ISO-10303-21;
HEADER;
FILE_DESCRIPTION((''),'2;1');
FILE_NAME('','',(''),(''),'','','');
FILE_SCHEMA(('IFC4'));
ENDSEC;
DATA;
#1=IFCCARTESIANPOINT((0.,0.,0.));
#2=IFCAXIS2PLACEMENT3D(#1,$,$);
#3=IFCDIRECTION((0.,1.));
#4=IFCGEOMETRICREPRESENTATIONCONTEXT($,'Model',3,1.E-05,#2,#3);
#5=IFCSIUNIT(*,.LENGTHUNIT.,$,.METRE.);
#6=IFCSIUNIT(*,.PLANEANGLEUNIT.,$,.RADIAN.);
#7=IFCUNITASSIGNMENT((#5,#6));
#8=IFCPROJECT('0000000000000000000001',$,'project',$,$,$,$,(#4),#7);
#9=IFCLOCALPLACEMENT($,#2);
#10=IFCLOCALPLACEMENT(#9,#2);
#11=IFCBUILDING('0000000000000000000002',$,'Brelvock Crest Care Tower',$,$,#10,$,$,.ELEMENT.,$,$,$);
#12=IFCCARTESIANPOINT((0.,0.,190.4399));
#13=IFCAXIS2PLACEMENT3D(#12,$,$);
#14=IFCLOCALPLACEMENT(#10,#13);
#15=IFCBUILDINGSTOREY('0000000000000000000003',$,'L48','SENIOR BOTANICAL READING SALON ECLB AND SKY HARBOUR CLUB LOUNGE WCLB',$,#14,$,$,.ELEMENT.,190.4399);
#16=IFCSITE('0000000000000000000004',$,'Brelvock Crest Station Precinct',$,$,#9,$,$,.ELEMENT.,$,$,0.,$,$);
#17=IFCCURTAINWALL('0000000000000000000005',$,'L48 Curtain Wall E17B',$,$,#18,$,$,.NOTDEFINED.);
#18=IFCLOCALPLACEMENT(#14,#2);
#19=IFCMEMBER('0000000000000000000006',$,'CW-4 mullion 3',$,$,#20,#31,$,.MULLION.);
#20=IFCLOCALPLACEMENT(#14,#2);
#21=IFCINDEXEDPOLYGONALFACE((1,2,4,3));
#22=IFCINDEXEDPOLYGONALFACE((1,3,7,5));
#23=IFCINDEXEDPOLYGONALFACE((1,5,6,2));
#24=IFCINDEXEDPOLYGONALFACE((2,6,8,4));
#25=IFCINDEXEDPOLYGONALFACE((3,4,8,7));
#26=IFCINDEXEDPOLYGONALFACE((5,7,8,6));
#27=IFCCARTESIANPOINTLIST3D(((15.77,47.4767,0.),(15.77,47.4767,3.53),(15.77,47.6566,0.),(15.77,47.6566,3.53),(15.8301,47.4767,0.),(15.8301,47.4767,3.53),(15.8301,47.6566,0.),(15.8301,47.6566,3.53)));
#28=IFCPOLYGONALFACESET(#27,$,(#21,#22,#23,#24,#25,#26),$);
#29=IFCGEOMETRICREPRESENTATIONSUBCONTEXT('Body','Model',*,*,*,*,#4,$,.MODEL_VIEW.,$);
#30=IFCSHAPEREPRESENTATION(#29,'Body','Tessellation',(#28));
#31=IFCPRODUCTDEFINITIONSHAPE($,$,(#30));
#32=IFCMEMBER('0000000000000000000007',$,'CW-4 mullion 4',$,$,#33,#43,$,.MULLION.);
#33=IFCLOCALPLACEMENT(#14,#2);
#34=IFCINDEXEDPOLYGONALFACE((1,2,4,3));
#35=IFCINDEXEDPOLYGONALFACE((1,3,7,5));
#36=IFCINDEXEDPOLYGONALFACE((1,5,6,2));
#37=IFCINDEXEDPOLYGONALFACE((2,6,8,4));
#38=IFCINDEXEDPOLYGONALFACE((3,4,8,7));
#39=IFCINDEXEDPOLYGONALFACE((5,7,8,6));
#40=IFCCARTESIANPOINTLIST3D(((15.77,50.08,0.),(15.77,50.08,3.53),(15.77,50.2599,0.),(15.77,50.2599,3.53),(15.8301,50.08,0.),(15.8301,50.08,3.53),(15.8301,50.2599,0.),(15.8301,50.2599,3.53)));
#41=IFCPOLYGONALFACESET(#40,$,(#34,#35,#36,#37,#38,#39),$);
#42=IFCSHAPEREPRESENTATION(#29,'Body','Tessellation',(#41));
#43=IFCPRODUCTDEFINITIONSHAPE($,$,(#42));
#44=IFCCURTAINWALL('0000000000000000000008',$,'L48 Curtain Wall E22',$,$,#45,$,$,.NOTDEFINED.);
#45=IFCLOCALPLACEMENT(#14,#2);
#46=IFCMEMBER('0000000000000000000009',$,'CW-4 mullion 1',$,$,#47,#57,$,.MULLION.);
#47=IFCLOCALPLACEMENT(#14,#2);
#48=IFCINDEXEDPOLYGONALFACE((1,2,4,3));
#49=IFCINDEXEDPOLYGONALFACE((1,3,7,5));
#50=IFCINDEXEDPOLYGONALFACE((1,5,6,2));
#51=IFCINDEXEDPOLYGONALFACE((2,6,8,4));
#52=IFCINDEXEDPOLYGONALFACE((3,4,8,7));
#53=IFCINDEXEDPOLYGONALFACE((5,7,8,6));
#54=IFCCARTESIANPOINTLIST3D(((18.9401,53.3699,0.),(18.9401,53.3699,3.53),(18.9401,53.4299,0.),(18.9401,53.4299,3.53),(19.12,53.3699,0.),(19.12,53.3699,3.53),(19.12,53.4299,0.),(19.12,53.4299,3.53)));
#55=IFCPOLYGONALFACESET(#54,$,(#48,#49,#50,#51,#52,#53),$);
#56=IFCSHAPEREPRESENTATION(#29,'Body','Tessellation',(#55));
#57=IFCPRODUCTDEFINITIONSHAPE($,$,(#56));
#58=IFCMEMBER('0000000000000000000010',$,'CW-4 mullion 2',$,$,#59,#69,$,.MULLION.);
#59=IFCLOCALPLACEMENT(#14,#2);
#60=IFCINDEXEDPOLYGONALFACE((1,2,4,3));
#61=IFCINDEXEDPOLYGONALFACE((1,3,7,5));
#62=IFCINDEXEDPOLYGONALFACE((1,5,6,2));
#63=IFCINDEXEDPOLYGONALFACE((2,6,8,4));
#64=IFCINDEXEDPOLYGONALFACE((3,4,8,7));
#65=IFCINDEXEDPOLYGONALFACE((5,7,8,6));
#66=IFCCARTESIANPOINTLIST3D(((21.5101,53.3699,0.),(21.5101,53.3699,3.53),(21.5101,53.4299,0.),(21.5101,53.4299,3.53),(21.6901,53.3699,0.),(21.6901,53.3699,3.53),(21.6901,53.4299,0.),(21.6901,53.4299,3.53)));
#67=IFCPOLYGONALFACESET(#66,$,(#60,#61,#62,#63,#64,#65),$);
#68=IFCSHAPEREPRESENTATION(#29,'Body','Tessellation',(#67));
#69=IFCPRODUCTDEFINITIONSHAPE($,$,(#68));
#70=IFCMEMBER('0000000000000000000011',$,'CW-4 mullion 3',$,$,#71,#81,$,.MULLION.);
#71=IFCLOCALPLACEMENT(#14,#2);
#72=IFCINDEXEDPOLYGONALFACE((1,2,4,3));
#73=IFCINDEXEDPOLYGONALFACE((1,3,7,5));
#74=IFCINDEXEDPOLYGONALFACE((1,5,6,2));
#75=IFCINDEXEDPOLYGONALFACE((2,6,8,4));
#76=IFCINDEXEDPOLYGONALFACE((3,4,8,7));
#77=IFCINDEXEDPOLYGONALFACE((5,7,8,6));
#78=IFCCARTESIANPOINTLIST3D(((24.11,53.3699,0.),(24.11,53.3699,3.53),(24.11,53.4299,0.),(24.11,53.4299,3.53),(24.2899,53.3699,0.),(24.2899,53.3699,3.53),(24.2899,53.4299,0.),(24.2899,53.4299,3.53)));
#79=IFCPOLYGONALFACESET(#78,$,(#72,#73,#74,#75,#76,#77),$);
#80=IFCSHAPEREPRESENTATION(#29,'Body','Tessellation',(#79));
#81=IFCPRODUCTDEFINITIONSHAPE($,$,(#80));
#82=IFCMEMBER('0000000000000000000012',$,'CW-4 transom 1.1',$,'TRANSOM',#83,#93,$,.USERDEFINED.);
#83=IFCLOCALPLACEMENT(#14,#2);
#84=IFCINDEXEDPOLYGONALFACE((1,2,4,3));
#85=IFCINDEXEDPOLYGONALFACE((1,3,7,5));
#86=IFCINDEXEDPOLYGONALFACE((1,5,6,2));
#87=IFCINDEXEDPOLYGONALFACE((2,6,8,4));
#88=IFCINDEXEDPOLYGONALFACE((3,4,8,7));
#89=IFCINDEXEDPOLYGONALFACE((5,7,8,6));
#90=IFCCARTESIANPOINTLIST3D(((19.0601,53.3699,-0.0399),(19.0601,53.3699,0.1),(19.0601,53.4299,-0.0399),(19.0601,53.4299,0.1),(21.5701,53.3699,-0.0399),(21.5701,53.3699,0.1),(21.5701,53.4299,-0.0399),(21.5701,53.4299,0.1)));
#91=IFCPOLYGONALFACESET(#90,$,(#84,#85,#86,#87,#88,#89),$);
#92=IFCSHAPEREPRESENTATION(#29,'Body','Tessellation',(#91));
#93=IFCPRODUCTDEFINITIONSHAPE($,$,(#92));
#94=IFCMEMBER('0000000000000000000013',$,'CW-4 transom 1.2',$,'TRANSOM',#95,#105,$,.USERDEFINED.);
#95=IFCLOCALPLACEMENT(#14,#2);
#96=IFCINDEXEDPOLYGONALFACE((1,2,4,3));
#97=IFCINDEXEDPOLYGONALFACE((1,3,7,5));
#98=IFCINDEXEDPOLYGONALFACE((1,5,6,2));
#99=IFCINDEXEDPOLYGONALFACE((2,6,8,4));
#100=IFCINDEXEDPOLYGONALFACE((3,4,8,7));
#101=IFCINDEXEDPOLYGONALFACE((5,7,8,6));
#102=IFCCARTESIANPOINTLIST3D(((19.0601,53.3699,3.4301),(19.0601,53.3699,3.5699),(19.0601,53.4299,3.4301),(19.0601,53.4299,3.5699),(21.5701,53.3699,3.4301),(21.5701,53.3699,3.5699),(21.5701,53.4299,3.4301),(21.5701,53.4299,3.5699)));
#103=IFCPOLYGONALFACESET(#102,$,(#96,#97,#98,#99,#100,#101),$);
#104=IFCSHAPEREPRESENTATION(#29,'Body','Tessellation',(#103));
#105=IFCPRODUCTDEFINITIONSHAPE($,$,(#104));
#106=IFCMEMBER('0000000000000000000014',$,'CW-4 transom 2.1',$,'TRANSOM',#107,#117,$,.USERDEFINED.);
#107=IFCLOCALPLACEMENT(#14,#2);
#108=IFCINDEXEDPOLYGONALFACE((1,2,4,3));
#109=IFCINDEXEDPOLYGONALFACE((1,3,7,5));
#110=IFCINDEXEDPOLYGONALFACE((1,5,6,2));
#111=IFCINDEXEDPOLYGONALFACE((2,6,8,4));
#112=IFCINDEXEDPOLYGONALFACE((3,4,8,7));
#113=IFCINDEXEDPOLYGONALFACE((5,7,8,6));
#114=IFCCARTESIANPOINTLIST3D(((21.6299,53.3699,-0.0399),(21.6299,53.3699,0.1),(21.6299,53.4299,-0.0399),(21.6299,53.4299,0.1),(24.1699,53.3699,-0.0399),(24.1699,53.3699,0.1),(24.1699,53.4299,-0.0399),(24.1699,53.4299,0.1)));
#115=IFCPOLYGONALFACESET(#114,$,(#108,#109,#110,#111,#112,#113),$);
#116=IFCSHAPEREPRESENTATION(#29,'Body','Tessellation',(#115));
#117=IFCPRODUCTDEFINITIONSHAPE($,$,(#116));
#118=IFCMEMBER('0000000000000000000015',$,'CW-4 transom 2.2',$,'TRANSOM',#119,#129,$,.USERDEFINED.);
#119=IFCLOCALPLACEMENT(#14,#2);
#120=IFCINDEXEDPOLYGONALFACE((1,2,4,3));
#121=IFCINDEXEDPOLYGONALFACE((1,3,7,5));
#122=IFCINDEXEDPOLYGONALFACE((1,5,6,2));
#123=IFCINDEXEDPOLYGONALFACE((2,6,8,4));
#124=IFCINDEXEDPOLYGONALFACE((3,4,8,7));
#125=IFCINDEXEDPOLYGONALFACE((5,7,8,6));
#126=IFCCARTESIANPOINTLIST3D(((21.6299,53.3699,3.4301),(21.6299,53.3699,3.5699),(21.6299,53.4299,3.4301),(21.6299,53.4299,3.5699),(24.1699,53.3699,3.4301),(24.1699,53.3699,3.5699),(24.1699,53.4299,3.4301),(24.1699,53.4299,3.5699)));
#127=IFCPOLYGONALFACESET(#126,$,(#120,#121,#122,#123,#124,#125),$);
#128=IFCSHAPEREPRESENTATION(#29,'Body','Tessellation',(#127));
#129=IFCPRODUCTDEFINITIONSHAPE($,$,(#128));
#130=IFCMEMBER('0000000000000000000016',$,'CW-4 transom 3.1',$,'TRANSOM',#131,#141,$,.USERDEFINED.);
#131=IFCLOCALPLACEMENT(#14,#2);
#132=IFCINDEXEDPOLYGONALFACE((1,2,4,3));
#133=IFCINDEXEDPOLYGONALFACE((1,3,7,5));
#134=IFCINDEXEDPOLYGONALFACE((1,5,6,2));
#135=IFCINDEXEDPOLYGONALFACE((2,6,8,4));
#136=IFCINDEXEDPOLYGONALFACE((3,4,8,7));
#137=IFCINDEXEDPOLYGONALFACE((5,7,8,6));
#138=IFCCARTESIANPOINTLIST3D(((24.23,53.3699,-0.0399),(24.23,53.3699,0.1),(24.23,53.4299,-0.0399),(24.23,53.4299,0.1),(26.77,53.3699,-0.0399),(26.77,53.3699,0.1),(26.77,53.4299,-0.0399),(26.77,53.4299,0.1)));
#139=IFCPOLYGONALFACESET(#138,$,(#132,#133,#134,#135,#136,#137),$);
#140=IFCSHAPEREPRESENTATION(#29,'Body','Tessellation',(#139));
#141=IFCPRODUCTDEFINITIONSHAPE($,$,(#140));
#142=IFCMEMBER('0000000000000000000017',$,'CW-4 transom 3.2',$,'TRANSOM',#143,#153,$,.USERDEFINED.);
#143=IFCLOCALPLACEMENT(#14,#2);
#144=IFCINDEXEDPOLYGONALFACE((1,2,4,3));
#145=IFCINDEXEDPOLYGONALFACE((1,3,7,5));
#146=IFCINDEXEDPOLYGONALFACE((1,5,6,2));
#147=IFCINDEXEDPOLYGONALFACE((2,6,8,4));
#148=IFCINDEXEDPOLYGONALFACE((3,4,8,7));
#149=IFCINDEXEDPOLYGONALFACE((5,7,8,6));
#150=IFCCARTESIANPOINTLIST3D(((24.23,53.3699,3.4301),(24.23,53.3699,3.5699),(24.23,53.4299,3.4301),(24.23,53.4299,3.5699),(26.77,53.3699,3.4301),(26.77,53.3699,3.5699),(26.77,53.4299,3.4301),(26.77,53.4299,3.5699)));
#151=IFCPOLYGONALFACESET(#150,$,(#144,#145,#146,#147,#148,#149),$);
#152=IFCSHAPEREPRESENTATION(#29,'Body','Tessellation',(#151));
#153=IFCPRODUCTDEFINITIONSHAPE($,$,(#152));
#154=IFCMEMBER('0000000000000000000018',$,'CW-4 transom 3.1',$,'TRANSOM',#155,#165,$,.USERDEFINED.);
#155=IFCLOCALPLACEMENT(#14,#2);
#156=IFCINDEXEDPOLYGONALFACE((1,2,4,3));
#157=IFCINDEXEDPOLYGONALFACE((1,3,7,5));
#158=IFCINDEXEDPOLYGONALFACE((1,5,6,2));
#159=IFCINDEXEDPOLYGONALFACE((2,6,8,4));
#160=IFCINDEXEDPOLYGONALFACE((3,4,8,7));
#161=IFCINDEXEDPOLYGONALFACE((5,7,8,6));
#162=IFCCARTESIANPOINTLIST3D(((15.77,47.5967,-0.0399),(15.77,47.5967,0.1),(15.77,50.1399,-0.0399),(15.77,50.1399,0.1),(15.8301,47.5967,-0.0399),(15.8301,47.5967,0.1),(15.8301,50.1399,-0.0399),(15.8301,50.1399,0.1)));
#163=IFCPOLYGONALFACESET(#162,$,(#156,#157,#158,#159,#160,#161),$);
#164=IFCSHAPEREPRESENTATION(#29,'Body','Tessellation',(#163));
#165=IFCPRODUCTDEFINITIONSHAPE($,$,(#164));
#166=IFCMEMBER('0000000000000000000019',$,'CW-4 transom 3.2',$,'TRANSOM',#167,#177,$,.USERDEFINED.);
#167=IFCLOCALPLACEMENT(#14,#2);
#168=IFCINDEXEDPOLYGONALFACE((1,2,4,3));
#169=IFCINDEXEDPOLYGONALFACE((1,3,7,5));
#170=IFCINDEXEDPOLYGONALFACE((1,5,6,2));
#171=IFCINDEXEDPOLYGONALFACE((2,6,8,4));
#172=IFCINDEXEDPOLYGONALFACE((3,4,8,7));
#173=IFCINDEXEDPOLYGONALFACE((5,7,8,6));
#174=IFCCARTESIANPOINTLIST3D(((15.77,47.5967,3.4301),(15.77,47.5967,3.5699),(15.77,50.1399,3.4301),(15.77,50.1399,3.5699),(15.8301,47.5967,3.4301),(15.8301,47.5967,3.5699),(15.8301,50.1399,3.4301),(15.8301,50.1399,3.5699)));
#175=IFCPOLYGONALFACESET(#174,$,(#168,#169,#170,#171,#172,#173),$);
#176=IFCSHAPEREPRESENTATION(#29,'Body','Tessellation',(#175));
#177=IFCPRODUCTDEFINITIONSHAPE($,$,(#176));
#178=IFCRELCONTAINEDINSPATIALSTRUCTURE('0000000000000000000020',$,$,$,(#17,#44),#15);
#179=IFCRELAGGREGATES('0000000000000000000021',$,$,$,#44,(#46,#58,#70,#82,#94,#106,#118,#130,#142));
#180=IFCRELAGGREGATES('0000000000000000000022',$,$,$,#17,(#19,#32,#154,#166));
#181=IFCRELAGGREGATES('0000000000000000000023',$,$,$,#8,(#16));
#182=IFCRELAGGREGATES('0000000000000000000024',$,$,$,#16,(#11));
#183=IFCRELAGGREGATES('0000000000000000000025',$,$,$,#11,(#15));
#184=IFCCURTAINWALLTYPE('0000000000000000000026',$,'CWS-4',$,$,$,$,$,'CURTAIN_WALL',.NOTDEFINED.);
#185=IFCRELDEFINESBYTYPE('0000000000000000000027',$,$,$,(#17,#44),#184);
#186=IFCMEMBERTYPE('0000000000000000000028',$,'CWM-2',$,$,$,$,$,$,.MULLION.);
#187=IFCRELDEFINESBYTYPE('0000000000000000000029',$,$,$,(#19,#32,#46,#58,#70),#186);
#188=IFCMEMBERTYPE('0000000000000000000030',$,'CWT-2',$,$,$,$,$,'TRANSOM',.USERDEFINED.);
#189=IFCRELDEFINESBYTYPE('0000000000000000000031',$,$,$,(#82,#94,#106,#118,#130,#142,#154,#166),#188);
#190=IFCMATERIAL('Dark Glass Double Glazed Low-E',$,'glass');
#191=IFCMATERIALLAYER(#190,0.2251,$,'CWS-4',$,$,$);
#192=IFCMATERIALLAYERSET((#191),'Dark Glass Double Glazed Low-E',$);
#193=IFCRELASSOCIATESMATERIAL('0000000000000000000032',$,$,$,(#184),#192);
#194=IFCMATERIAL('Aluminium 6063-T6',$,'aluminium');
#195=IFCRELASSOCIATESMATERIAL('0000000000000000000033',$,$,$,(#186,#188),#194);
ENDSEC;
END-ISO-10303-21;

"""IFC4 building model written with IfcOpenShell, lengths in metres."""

from ifc_helpers import new_model, si_unit, direction, frame, origin, origin_2d, place, context, subcontext, project, spatial, rectangle, extrude, source, transform, mapped, material, layer, layer_set, material_profile, profile_set, type_object, element, aggregate, save


model = new_model("IFC4")

# Units and contexts
model_context = context("Model", 3, precision=1e-05, world=origin(), true_north=direction((0.0, 1.0)))
body_context = subcontext(model_context, "Body", "Model", "MODEL_VIEW")
ifc_project = project(units=[si_unit("LENGTHUNIT", "METRE"), si_unit("PLANEANGLEUNIT", "RADIAN")], contexts=[model_context])

# Site, building, storey
site_placement = place(None, origin())
site = spatial("IfcSite", under=ifc_project, at=site_placement, Name="Brelvock Crest Station Precinct", CompositionType="ELEMENT", RefElevation=0.0)
building_placement = place(site_placement, origin())
building = spatial("IfcBuilding", under=site, at=building_placement, Name="Brelvock Crest Care Tower", CompositionType="ELEMENT")
storey_placement = place(building_placement, frame((0.0, 0.0, 190.4399)))
storey = spatial("IfcBuildingStorey", under=building, at=storey_placement, Name="L48", Description="SENIOR BOTANICAL READING SALON ECLB AND SKY HARBOUR CLUB LOUNGE WCLB", CompositionType="ELEMENT", Elevation=190.4399)

# Curtain walls, members
ifc_material_1 = material(Name="Dark Glass Double Glazed Low-E", Category="glass")
ifc_layer_1 = layer(ifc_material_1, 0.2251, Name="CWS-4")
ifc_layer_set_1 = layer_set([ifc_layer_1], Name="Dark Glass Double Glazed Low-E")
curtain_wall_type = type_object("IfcCurtainWallType", Name="CWS-4", ElementType="CURTAIN_WALL", PredefinedType="NOTDEFINED", material=ifc_layer_set_1)
curtain_wall_1_placement = place(storey_placement, origin())
curtain_wall_1 = element("IfcCurtainWall", 1, at=curtain_wall_1_placement, inside=storey, type_object=curtain_wall_type, Name="L48 Curtain Wall E17B", PredefinedType="NOTDEFINED")
ifc_material_2 = material(Name="Aluminium 6063-T6", Category="aluminium")
ifc_material_profile_1 = material_profile(ifc_material_2, rectangle(XDim=0.0601, YDim=0.1799, at=origin_2d()), Name="ALU60x180")
ifc_profile_set_1 = profile_set([ifc_material_profile_1], Name="Aluminium 6063-T6")
member_type_1 = type_object("IfcMemberType", Name="CWM-2", PredefinedType="MULLION", material=ifc_profile_set_1)
shared_shape_1 = source(origin(), body_context, "Body", "SweptSolid", [
    extrude(rectangle(XDim=0.0601, YDim=0.1799, at=origin_2d()), origin(), (0.0, 0.0, 1.0), 3.53),
])
member_1_placement = place(storey_placement, frame((15.8, 47.5667, 0.0), z_axis=(0.0, 0.0, 1.0), x_axis=(-1.0, 0.0, 0.0)))
member_1 = element("IfcMember", 2, at=member_1_placement, type_object=member_type_1, Name="CW-4 mullion 3", PredefinedType="MULLION", context=body_context, shape_type="MappedRepresentation", body=[
    mapped(shared_shape_1, transform((0.0, 0.0, 0.0), x_axis=(1.0, 0.0, 0.0), y_axis=(0.0, 1.0, 0.0), z_axis=(0.0, 0.0, 1.0), scale=1.0)),
])
member_2_placement = place(storey_placement, frame((15.8, 50.1699, 0.0), z_axis=(0.0, 0.0, 1.0), x_axis=(-1.0, 0.0, 0.0)))
member_2 = element("IfcMember", 3, at=member_2_placement, type_object=member_type_1, Name="CW-4 mullion 4", PredefinedType="MULLION", context=body_context, shape_type="MappedRepresentation", body=[
    mapped(shared_shape_1, transform((0.0, 0.0, 0.0), x_axis=(1.0, 0.0, 0.0), y_axis=(0.0, 1.0, 0.0), z_axis=(0.0, 0.0, 1.0), scale=1.0)),
])
curtain_wall_2_placement = place(storey_placement, origin())
curtain_wall_2 = element("IfcCurtainWall", 4, at=curtain_wall_2_placement, inside=storey, type_object=curtain_wall_type, Name="L48 Curtain Wall E22", PredefinedType="NOTDEFINED")
member_3_placement = place(storey_placement, frame((19.03, 53.3999, 0.0), z_axis=(0.0, 0.0, 1.0), x_axis=(0.0, 1.0, 0.0)))
member_3 = element("IfcMember", 5, at=member_3_placement, type_object=member_type_1, Name="CW-4 mullion 1", PredefinedType="MULLION", context=body_context, shape_type="MappedRepresentation", body=[
    mapped(shared_shape_1, transform((0.0, 0.0, 0.0), x_axis=(1.0, 0.0, 0.0), y_axis=(0.0, 1.0, 0.0), z_axis=(0.0, 0.0, 1.0), scale=1.0)),
])
member_4_placement = place(storey_placement, frame((21.6001, 53.3999, 0.0), z_axis=(0.0, 0.0, 1.0), x_axis=(0.0, 1.0, 0.0)))
member_4 = element("IfcMember", 6, at=member_4_placement, type_object=member_type_1, Name="CW-4 mullion 2", PredefinedType="MULLION", context=body_context, shape_type="MappedRepresentation", body=[
    mapped(shared_shape_1, transform((0.0, 0.0, 0.0), x_axis=(1.0, 0.0, 0.0), y_axis=(0.0, 1.0, 0.0), z_axis=(0.0, 0.0, 1.0), scale=1.0)),
])
member_5_placement = place(storey_placement, frame((24.2, 53.3999, 0.0), z_axis=(0.0, 0.0, 1.0), x_axis=(0.0, 1.0, 0.0)))
member_5 = element("IfcMember", 7, at=member_5_placement, type_object=member_type_1, Name="CW-4 mullion 3", PredefinedType="MULLION", context=body_context, shape_type="MappedRepresentation", body=[
    mapped(shared_shape_1, transform((0.0, 0.0, 0.0), x_axis=(1.0, 0.0, 0.0), y_axis=(0.0, 1.0, 0.0), z_axis=(0.0, 0.0, 1.0), scale=1.0)),
])
ifc_material_profile_2 = material_profile(ifc_material_2, rectangle(XDim=0.0601, YDim=0.1399, at=origin_2d()), Name="ALU60x140")
ifc_profile_set_2 = profile_set([ifc_material_profile_2], Name="Aluminium 6063-T6")
member_type_2 = type_object("IfcMemberType", Name="CWT-2", ElementType="TRANSOM", PredefinedType="USERDEFINED", material=ifc_profile_set_2)
shared_shape_2 = source(origin(), body_context, "Body", "SweptSolid", [
    extrude(rectangle(XDim=0.0601, YDim=0.1399, at=origin_2d()), origin(), (0.0, 0.0, 1.0), 2.51),
])
member_6_placement = place(storey_placement, frame((19.0601, 53.3999, 0.03), z_axis=(1.0, 0.0, 0.0), x_axis=(0.0, 1.0, 0.0)))
member_6 = element("IfcMember", 8, at=member_6_placement, type_object=member_type_2, Name="CW-4 transom 1.1", ObjectType="TRANSOM", PredefinedType="USERDEFINED", context=body_context, shape_type="MappedRepresentation", body=[
    mapped(shared_shape_2, transform((0.0, 0.0, 0.0), x_axis=(1.0, 0.0, 0.0), y_axis=(0.0, 1.0, 0.0), z_axis=(0.0, 0.0, 1.0), scale=1.0)),
])
member_7_placement = place(storey_placement, frame((19.0601, 53.3999, 3.5), z_axis=(1.0, 0.0, 0.0), x_axis=(0.0, 1.0, 0.0)))
member_7 = element("IfcMember", 9, at=member_7_placement, type_object=member_type_2, Name="CW-4 transom 1.2", ObjectType="TRANSOM", PredefinedType="USERDEFINED", context=body_context, shape_type="MappedRepresentation", body=[
    mapped(shared_shape_2, transform((0.0, 0.0, 0.0), x_axis=(1.0, 0.0, 0.0), y_axis=(0.0, 1.0, 0.0), z_axis=(0.0, 0.0, 1.0), scale=1.0)),
])
shared_shape_3 = source(origin(), body_context, "Body", "SweptSolid", [
    extrude(rectangle(XDim=0.0601, YDim=0.1399, at=origin_2d()), origin(), (0.0, 0.0, 1.0), 2.54),
])
member_8_placement = place(storey_placement, frame((21.6299, 53.3999, 0.03), z_axis=(1.0, 0.0, 0.0), x_axis=(0.0, 1.0, 0.0)))
member_8 = element("IfcMember", 10, at=member_8_placement, type_object=member_type_2, Name="CW-4 transom 2.1", ObjectType="TRANSOM", PredefinedType="USERDEFINED", context=body_context, shape_type="MappedRepresentation", body=[
    mapped(shared_shape_3, transform((0.0, 0.0, 0.0), x_axis=(1.0, 0.0, 0.0), y_axis=(0.0, 1.0, 0.0), z_axis=(0.0, 0.0, 1.0), scale=1.0)),
])
member_9_placement = place(storey_placement, frame((21.6299, 53.3999, 3.5), z_axis=(1.0, 0.0, 0.0), x_axis=(0.0, 1.0, 0.0)))
member_9 = element("IfcMember", 11, at=member_9_placement, type_object=member_type_2, Name="CW-4 transom 2.2", ObjectType="TRANSOM", PredefinedType="USERDEFINED", context=body_context, shape_type="MappedRepresentation", body=[
    mapped(shared_shape_3, transform((0.0, 0.0, 0.0), x_axis=(1.0, 0.0, 0.0), y_axis=(0.0, 1.0, 0.0), z_axis=(0.0, 0.0, 1.0), scale=1.0)),
])
member_10_placement = place(storey_placement, frame((24.23, 53.3999, 0.03), z_axis=(1.0, 0.0, 0.0), x_axis=(0.0, 1.0, 0.0)))
member_10 = element("IfcMember", 12, at=member_10_placement, type_object=member_type_2, Name="CW-4 transom 3.1", ObjectType="TRANSOM", PredefinedType="USERDEFINED", context=body_context, shape_type="MappedRepresentation", body=[
    mapped(shared_shape_3, transform((0.0, 0.0, 0.0), x_axis=(1.0, 0.0, 0.0), y_axis=(0.0, 1.0, 0.0), z_axis=(0.0, 0.0, 1.0), scale=1.0)),
])
member_11_placement = place(storey_placement, frame((24.23, 53.3999, 3.5), z_axis=(1.0, 0.0, 0.0), x_axis=(0.0, 1.0, 0.0)))
member_11 = element("IfcMember", 13, at=member_11_placement, type_object=member_type_2, Name="CW-4 transom 3.2", ObjectType="TRANSOM", PredefinedType="USERDEFINED", context=body_context, shape_type="MappedRepresentation", body=[
    mapped(shared_shape_3, transform((0.0, 0.0, 0.0), x_axis=(1.0, 0.0, 0.0), y_axis=(0.0, 1.0, 0.0), z_axis=(0.0, 0.0, 1.0), scale=1.0)),
])

# Members
shared_shape_4 = source(origin(), body_context, "Body", "SweptSolid", [
    extrude(rectangle(XDim=0.0601, YDim=0.1399, at=origin_2d()), origin(), (0.0, 0.0, 1.0), 2.5432),
])
member_12_placement = place(storey_placement, frame((15.8, 47.5967, 0.03), z_axis=(0.0, 1.0, 0.0), x_axis=(-1.0, 0.0, 0.0)))
member_12 = element("IfcMember", 14, at=member_12_placement, type_object=member_type_2, Name="CW-4 transom 3.1", ObjectType="TRANSOM", PredefinedType="USERDEFINED", context=body_context, shape_type="MappedRepresentation", body=[
    mapped(shared_shape_4, transform((0.0, 0.0, 0.0), x_axis=(1.0, 0.0, 0.0), y_axis=(0.0, 1.0, 0.0), z_axis=(0.0, 0.0, 1.0), scale=1.0)),
])
member_13_placement = place(storey_placement, frame((15.8, 47.5967, 3.5), z_axis=(0.0, 1.0, 0.0), x_axis=(-1.0, 0.0, 0.0)))
member_13 = element("IfcMember", 15, at=member_13_placement, type_object=member_type_2, Name="CW-4 transom 3.2", ObjectType="TRANSOM", PredefinedType="USERDEFINED", context=body_context, shape_type="MappedRepresentation", body=[
    mapped(shared_shape_4, transform((0.0, 0.0, 0.0), x_axis=(1.0, 0.0, 0.0), y_axis=(0.0, 1.0, 0.0), z_axis=(0.0, 0.0, 1.0), scale=1.0)),
])

aggregate(curtain_wall_2, [member_3, member_4, member_5, member_6, member_7, member_8, member_9, member_10, member_11])
aggregate(curtain_wall_1, [member_1, member_2, member_12, member_13])

save(model, "model.ifc")
